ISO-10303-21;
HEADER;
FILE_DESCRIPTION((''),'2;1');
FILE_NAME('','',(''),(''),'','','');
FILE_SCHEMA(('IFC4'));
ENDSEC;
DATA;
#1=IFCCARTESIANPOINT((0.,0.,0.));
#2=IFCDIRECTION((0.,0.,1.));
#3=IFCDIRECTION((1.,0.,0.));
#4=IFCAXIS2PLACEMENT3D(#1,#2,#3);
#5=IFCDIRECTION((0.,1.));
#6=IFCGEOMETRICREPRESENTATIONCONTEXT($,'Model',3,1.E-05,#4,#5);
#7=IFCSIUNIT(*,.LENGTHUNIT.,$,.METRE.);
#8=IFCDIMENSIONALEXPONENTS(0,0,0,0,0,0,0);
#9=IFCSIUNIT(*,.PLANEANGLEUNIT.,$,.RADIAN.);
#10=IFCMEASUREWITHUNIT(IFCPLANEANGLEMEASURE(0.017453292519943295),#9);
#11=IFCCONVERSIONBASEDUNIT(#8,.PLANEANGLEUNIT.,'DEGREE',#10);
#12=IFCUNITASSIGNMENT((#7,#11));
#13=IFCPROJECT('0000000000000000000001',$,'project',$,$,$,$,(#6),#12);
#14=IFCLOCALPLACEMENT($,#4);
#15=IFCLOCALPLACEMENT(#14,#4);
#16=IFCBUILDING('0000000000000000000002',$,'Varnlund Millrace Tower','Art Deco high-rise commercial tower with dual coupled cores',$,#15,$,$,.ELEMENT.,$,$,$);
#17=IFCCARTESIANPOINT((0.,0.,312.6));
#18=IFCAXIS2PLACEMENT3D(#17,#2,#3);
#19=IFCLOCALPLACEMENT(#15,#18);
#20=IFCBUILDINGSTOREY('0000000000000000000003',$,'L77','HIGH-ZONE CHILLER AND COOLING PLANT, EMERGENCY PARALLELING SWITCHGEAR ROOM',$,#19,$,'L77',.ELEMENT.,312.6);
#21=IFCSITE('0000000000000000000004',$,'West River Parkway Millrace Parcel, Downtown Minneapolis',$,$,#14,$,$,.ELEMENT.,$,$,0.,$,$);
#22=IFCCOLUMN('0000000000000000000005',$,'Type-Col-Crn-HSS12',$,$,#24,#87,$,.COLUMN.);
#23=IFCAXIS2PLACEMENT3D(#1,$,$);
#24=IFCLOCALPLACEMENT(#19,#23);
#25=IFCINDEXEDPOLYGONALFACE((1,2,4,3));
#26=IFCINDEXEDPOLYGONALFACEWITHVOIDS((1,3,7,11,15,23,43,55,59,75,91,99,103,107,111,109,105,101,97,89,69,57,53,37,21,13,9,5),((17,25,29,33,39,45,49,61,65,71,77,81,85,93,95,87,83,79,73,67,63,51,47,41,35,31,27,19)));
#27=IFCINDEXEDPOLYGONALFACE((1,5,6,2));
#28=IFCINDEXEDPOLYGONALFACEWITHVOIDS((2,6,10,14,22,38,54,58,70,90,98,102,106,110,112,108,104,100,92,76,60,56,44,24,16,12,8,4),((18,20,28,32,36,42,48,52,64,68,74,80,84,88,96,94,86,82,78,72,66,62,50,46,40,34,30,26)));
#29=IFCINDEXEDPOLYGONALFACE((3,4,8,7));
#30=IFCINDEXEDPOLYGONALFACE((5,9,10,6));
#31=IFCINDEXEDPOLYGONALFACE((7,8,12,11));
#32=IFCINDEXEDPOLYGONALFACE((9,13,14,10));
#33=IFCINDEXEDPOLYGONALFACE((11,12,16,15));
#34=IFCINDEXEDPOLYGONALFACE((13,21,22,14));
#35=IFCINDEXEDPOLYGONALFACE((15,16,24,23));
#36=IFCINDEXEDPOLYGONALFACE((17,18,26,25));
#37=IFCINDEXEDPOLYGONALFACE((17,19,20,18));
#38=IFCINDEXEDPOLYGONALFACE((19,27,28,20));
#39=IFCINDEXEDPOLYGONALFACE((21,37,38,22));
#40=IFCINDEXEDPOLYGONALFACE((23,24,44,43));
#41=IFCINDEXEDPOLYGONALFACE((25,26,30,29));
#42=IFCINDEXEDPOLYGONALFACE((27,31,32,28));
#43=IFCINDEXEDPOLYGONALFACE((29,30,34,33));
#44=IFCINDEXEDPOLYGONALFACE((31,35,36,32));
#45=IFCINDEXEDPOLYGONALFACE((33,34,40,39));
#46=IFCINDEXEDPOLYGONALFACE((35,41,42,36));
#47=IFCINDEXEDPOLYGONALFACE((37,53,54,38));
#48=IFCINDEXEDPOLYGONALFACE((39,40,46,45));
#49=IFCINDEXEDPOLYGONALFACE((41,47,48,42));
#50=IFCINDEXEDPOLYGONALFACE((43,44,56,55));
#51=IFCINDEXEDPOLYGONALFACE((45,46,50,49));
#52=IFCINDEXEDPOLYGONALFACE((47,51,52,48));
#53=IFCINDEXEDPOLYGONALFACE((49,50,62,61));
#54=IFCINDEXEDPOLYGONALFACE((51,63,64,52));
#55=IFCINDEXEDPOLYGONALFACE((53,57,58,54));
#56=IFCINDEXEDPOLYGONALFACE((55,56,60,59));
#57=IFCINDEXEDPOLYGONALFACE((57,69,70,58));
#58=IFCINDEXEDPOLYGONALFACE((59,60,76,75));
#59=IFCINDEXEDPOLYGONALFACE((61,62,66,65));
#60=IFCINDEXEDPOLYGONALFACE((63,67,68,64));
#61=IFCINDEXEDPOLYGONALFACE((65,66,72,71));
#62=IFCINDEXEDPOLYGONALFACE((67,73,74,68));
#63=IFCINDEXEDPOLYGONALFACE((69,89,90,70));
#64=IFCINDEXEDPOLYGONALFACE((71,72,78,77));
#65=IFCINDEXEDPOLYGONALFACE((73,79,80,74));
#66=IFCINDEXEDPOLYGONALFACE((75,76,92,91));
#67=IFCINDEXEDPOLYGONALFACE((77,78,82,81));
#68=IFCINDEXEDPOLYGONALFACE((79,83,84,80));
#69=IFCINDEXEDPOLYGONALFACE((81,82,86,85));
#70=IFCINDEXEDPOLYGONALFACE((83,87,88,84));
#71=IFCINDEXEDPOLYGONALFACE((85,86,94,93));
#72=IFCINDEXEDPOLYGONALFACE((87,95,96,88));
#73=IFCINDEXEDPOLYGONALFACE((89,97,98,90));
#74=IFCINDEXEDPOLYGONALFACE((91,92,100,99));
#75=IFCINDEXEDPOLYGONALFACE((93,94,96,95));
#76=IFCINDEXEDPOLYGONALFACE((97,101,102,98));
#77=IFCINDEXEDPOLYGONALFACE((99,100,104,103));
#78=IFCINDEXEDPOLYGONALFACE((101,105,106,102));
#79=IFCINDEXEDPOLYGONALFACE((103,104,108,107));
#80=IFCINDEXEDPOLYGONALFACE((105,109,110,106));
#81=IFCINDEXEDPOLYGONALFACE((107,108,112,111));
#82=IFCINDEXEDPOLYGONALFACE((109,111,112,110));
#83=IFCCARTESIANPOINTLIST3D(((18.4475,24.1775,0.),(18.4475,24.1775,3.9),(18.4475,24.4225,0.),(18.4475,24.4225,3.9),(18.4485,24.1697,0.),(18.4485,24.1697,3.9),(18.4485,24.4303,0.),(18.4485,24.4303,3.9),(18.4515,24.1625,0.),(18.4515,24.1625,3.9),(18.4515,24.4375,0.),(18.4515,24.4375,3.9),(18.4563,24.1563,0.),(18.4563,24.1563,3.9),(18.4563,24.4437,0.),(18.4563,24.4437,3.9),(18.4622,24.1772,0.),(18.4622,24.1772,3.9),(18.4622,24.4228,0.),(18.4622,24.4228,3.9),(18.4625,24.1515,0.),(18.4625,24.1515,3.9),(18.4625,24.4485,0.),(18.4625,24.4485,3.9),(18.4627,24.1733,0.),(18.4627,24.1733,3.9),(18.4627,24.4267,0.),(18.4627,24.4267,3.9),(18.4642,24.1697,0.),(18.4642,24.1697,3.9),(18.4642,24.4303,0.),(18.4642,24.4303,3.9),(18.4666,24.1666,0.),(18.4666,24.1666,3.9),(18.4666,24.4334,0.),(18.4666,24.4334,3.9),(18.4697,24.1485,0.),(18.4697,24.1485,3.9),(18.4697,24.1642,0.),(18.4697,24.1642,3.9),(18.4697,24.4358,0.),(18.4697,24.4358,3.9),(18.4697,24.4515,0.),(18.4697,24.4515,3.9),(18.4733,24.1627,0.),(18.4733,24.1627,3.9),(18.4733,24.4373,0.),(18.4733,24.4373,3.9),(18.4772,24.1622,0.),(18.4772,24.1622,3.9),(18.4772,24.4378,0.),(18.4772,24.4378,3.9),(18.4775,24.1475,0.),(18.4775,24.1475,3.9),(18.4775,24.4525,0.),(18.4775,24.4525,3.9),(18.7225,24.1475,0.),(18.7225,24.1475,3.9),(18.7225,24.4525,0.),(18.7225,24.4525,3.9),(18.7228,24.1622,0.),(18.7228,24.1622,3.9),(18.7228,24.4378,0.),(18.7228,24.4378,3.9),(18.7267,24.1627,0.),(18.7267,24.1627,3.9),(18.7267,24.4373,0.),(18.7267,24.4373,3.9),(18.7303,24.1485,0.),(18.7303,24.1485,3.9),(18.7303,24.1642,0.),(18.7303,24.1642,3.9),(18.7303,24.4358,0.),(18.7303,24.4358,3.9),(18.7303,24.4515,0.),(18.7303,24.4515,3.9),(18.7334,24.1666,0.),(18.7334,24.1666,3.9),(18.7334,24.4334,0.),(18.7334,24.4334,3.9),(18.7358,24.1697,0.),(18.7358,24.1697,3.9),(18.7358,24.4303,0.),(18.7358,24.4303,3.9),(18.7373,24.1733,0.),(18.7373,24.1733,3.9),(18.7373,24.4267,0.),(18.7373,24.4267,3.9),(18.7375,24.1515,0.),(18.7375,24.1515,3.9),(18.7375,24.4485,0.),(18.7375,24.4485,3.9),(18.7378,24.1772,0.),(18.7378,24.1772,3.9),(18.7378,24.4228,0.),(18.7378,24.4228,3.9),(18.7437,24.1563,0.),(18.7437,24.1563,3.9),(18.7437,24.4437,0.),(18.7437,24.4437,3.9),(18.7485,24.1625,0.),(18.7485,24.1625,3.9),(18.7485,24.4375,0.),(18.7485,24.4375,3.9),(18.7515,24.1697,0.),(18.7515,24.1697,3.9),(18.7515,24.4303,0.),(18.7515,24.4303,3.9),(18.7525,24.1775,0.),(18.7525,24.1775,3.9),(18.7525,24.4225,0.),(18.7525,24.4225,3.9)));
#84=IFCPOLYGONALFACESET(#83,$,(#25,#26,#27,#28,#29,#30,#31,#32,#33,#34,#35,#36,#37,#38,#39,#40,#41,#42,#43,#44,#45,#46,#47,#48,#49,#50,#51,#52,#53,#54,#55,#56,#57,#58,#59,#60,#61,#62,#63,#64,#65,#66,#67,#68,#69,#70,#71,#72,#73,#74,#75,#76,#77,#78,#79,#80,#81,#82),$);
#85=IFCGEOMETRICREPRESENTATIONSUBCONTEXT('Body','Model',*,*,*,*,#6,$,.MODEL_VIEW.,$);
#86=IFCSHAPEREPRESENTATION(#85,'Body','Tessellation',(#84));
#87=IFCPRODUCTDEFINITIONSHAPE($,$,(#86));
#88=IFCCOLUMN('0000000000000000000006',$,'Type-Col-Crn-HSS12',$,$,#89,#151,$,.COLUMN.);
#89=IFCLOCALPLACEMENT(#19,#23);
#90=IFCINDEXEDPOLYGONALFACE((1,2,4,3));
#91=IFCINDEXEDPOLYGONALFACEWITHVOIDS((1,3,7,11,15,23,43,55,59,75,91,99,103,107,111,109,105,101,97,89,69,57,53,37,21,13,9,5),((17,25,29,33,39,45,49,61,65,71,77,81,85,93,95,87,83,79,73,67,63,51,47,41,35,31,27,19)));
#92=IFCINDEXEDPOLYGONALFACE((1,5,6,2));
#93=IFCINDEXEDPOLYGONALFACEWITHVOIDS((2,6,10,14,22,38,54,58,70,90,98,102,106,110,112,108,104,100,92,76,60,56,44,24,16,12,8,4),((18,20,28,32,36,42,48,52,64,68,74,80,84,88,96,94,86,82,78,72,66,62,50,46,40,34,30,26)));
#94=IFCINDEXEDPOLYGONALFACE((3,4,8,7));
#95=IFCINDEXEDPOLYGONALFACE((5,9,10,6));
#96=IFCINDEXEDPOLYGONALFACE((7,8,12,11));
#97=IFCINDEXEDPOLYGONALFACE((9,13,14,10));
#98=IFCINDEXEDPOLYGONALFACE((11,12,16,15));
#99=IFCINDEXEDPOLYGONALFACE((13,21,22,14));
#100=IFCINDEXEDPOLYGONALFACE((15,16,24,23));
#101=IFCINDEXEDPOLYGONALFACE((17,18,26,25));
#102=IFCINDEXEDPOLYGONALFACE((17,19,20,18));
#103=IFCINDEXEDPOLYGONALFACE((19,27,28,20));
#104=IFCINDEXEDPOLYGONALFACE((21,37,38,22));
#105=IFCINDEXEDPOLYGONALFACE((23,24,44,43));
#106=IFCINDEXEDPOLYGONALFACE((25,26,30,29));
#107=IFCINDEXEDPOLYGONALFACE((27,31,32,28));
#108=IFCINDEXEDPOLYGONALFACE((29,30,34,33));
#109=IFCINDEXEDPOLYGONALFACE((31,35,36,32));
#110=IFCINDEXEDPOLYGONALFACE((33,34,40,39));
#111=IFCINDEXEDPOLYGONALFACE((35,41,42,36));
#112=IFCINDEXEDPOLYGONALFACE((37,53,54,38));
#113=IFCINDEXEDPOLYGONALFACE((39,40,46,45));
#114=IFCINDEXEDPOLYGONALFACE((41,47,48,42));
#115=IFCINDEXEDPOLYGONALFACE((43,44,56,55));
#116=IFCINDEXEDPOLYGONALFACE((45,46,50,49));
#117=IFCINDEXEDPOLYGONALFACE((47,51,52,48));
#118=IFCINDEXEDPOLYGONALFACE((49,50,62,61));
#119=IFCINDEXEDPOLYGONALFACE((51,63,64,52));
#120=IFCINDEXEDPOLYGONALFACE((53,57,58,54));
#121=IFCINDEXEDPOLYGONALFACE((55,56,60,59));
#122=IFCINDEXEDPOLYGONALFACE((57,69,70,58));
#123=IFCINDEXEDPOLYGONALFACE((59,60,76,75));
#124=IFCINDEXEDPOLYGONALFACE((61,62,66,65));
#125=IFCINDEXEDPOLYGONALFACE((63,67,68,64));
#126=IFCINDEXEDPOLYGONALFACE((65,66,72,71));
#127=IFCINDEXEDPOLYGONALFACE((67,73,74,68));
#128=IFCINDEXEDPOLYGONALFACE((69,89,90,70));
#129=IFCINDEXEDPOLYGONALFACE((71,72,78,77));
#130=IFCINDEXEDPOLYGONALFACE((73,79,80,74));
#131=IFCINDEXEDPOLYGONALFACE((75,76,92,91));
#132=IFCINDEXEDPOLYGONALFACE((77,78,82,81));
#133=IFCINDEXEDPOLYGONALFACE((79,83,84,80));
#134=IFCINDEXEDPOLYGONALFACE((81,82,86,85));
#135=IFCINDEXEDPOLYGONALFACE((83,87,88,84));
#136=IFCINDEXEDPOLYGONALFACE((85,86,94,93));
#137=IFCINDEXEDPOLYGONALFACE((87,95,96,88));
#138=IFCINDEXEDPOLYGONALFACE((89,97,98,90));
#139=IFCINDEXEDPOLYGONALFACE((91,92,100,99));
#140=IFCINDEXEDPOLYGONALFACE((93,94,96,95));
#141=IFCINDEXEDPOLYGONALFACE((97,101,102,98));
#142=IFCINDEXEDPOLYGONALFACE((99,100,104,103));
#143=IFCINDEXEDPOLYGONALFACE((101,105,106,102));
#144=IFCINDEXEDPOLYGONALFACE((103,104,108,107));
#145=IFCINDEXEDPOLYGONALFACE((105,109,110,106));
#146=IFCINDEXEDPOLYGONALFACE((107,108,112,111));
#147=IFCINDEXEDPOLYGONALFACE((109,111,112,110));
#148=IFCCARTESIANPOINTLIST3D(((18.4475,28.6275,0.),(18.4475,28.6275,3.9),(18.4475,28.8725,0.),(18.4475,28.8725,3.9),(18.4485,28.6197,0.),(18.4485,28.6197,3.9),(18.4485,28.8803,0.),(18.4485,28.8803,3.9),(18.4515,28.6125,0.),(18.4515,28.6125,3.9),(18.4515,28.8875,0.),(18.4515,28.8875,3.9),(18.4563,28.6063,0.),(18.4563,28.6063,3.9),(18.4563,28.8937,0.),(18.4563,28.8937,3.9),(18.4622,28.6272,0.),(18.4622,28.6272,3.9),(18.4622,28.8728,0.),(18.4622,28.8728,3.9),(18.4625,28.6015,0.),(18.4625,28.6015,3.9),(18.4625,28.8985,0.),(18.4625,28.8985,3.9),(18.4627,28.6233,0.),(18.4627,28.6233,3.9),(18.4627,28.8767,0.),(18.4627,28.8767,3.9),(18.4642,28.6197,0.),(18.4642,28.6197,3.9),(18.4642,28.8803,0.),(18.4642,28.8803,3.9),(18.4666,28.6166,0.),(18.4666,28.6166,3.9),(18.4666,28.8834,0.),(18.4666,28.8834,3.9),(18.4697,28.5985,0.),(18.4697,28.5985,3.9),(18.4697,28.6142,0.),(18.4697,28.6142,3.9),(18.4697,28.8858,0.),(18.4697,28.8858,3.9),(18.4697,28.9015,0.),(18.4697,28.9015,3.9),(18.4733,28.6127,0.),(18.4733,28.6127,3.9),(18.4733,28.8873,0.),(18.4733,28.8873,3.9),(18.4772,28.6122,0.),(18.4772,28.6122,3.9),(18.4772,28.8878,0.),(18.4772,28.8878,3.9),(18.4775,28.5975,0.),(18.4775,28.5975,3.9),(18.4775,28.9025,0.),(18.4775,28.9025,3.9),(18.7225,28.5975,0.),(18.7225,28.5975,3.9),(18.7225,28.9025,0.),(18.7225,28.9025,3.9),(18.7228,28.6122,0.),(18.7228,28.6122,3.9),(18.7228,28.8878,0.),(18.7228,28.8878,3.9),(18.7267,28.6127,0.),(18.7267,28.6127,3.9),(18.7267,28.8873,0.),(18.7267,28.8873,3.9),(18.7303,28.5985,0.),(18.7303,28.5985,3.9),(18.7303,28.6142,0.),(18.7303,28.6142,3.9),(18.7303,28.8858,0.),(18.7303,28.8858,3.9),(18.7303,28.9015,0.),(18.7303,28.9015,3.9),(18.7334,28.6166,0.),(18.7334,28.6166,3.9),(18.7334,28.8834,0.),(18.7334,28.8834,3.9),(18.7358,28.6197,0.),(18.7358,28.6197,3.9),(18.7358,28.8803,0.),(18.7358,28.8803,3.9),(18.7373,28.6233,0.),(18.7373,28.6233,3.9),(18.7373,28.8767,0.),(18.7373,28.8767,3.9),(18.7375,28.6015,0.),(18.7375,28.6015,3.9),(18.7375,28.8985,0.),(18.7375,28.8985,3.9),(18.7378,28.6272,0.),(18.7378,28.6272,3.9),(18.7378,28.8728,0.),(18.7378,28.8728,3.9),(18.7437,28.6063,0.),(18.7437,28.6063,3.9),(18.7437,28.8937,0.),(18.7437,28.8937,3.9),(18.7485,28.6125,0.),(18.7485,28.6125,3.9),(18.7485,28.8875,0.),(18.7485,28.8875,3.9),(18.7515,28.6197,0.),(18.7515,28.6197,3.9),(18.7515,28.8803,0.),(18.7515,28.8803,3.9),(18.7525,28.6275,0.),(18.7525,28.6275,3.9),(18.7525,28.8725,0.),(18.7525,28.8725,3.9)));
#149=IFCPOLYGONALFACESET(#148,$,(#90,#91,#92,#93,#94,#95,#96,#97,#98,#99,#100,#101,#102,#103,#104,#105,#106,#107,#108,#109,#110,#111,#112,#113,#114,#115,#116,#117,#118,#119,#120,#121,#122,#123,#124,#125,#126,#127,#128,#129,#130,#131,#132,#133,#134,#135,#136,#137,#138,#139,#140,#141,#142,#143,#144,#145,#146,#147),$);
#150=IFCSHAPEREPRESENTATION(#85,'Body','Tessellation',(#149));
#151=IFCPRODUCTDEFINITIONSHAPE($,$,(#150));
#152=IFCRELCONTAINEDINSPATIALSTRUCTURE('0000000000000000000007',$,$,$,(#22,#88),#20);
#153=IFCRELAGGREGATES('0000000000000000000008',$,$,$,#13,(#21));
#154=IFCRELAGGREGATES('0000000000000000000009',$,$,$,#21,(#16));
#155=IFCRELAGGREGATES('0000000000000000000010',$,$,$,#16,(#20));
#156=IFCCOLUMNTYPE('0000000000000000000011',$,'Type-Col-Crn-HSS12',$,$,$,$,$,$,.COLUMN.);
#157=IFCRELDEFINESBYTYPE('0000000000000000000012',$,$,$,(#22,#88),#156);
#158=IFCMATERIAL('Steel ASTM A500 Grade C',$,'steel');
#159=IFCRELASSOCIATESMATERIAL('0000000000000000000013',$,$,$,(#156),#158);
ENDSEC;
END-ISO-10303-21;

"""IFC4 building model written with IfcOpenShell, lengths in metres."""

from ifc_helpers import new_model, entity, si_unit, converted_unit, direction, frame, origin_with_axes, origin_2d_with_axis, place, context, subcontext, project, spatial, hollow_rectangle, extrude, material, material_profile, profile_set, type_object, element, save


model = new_model("IFC4")

# Units and contexts
model_context = context("Model", 3, precision=1e-05, world=origin_with_axes(), true_north=direction((0.0, 1.0)))
body_context = subcontext(model_context, "Body", "Model", "MODEL_VIEW")
ifc_project = project(units=[si_unit("LENGTHUNIT", "METRE"), converted_unit("PLANEANGLEUNIT", "DEGREE", entity("IfcPlaneAngleMeasure", 0.017453292519943295), si_unit("PLANEANGLEUNIT", "RADIAN"), dimensions=[0, 0, 0, 0, 0, 0, 0])], contexts=[model_context])

# Site, building, storey
site_placement = place(None, origin_with_axes())
site = spatial("IfcSite", under=ifc_project, at=site_placement, Name="West River Parkway Millrace Parcel, Downtown Minneapolis", CompositionType="ELEMENT", RefElevation=0.0)
building_placement = place(site_placement, origin_with_axes())
building = spatial("IfcBuilding", under=site, at=building_placement, Name="Varnlund Millrace Tower", Description="Art Deco high-rise commercial tower with dual coupled cores", CompositionType="ELEMENT")
storey_placement = place(building_placement, frame((0.0, 0.0, 312.6), z_axis=(0.0, 0.0, 1.0), x_axis=(1.0, 0.0, 0.0)))
storey = spatial("IfcBuildingStorey", under=building, at=storey_placement, Name="L77", Description="HIGH-ZONE CHILLER AND COOLING PLANT, EMERGENCY PARALLELING SWITCHGEAR ROOM", LongName="L77", CompositionType="ELEMENT", Elevation=312.6)

# Columns
ifc_material_1 = material(Name="Steel ASTM A500 Grade C", Category="steel")
ifc_material_profile = material_profile(ifc_material_1, hollow_rectangle(XDim=0.305, YDim=0.305, WallThickness=0.0147, InnerFilletRadius=0.015, OuterFilletRadius=0.03, at=origin_2d_with_axis()), Name="Steel ASTM A500 Grade C")
ifc_profile_set = profile_set([ifc_material_profile], Name="Steel ASTM A500 Grade C")
column_type = type_object("IfcColumnType", Name="Type-Col-Crn-HSS12", PredefinedType="COLUMN", material=ifc_profile_set)
for number, where, z_axis, x_axis, name in (
    (1, (18.6, 24.3, 0.0), (0.0, 0.0, 1.0), (1.0, 0.0, 0.0), "Type-Col-Crn-HSS12"),
    (2, (18.6, 28.75, 0.0), (0.0, 0.0, 1.0), (1.0, 0.0, 0.0), "Type-Col-Crn-HSS12"),
):
    element("IfcColumn", number, at=place(storey_placement, frame(where, z_axis=z_axis, x_axis=x_axis)), inside=storey, type_object=column_type, Name=name, PredefinedType="COLUMN", context=body_context, shape_type="SweptSolid", body=[
        extrude(hollow_rectangle(XDim=0.305, YDim=0.305, WallThickness=0.0147, InnerFilletRadius=0.015, OuterFilletRadius=0.03, at=origin_2d_with_axis()), origin_with_axes(), (0.0, 0.0, 1.0), 3.9),
    ])

save(model, "model.ifc")
